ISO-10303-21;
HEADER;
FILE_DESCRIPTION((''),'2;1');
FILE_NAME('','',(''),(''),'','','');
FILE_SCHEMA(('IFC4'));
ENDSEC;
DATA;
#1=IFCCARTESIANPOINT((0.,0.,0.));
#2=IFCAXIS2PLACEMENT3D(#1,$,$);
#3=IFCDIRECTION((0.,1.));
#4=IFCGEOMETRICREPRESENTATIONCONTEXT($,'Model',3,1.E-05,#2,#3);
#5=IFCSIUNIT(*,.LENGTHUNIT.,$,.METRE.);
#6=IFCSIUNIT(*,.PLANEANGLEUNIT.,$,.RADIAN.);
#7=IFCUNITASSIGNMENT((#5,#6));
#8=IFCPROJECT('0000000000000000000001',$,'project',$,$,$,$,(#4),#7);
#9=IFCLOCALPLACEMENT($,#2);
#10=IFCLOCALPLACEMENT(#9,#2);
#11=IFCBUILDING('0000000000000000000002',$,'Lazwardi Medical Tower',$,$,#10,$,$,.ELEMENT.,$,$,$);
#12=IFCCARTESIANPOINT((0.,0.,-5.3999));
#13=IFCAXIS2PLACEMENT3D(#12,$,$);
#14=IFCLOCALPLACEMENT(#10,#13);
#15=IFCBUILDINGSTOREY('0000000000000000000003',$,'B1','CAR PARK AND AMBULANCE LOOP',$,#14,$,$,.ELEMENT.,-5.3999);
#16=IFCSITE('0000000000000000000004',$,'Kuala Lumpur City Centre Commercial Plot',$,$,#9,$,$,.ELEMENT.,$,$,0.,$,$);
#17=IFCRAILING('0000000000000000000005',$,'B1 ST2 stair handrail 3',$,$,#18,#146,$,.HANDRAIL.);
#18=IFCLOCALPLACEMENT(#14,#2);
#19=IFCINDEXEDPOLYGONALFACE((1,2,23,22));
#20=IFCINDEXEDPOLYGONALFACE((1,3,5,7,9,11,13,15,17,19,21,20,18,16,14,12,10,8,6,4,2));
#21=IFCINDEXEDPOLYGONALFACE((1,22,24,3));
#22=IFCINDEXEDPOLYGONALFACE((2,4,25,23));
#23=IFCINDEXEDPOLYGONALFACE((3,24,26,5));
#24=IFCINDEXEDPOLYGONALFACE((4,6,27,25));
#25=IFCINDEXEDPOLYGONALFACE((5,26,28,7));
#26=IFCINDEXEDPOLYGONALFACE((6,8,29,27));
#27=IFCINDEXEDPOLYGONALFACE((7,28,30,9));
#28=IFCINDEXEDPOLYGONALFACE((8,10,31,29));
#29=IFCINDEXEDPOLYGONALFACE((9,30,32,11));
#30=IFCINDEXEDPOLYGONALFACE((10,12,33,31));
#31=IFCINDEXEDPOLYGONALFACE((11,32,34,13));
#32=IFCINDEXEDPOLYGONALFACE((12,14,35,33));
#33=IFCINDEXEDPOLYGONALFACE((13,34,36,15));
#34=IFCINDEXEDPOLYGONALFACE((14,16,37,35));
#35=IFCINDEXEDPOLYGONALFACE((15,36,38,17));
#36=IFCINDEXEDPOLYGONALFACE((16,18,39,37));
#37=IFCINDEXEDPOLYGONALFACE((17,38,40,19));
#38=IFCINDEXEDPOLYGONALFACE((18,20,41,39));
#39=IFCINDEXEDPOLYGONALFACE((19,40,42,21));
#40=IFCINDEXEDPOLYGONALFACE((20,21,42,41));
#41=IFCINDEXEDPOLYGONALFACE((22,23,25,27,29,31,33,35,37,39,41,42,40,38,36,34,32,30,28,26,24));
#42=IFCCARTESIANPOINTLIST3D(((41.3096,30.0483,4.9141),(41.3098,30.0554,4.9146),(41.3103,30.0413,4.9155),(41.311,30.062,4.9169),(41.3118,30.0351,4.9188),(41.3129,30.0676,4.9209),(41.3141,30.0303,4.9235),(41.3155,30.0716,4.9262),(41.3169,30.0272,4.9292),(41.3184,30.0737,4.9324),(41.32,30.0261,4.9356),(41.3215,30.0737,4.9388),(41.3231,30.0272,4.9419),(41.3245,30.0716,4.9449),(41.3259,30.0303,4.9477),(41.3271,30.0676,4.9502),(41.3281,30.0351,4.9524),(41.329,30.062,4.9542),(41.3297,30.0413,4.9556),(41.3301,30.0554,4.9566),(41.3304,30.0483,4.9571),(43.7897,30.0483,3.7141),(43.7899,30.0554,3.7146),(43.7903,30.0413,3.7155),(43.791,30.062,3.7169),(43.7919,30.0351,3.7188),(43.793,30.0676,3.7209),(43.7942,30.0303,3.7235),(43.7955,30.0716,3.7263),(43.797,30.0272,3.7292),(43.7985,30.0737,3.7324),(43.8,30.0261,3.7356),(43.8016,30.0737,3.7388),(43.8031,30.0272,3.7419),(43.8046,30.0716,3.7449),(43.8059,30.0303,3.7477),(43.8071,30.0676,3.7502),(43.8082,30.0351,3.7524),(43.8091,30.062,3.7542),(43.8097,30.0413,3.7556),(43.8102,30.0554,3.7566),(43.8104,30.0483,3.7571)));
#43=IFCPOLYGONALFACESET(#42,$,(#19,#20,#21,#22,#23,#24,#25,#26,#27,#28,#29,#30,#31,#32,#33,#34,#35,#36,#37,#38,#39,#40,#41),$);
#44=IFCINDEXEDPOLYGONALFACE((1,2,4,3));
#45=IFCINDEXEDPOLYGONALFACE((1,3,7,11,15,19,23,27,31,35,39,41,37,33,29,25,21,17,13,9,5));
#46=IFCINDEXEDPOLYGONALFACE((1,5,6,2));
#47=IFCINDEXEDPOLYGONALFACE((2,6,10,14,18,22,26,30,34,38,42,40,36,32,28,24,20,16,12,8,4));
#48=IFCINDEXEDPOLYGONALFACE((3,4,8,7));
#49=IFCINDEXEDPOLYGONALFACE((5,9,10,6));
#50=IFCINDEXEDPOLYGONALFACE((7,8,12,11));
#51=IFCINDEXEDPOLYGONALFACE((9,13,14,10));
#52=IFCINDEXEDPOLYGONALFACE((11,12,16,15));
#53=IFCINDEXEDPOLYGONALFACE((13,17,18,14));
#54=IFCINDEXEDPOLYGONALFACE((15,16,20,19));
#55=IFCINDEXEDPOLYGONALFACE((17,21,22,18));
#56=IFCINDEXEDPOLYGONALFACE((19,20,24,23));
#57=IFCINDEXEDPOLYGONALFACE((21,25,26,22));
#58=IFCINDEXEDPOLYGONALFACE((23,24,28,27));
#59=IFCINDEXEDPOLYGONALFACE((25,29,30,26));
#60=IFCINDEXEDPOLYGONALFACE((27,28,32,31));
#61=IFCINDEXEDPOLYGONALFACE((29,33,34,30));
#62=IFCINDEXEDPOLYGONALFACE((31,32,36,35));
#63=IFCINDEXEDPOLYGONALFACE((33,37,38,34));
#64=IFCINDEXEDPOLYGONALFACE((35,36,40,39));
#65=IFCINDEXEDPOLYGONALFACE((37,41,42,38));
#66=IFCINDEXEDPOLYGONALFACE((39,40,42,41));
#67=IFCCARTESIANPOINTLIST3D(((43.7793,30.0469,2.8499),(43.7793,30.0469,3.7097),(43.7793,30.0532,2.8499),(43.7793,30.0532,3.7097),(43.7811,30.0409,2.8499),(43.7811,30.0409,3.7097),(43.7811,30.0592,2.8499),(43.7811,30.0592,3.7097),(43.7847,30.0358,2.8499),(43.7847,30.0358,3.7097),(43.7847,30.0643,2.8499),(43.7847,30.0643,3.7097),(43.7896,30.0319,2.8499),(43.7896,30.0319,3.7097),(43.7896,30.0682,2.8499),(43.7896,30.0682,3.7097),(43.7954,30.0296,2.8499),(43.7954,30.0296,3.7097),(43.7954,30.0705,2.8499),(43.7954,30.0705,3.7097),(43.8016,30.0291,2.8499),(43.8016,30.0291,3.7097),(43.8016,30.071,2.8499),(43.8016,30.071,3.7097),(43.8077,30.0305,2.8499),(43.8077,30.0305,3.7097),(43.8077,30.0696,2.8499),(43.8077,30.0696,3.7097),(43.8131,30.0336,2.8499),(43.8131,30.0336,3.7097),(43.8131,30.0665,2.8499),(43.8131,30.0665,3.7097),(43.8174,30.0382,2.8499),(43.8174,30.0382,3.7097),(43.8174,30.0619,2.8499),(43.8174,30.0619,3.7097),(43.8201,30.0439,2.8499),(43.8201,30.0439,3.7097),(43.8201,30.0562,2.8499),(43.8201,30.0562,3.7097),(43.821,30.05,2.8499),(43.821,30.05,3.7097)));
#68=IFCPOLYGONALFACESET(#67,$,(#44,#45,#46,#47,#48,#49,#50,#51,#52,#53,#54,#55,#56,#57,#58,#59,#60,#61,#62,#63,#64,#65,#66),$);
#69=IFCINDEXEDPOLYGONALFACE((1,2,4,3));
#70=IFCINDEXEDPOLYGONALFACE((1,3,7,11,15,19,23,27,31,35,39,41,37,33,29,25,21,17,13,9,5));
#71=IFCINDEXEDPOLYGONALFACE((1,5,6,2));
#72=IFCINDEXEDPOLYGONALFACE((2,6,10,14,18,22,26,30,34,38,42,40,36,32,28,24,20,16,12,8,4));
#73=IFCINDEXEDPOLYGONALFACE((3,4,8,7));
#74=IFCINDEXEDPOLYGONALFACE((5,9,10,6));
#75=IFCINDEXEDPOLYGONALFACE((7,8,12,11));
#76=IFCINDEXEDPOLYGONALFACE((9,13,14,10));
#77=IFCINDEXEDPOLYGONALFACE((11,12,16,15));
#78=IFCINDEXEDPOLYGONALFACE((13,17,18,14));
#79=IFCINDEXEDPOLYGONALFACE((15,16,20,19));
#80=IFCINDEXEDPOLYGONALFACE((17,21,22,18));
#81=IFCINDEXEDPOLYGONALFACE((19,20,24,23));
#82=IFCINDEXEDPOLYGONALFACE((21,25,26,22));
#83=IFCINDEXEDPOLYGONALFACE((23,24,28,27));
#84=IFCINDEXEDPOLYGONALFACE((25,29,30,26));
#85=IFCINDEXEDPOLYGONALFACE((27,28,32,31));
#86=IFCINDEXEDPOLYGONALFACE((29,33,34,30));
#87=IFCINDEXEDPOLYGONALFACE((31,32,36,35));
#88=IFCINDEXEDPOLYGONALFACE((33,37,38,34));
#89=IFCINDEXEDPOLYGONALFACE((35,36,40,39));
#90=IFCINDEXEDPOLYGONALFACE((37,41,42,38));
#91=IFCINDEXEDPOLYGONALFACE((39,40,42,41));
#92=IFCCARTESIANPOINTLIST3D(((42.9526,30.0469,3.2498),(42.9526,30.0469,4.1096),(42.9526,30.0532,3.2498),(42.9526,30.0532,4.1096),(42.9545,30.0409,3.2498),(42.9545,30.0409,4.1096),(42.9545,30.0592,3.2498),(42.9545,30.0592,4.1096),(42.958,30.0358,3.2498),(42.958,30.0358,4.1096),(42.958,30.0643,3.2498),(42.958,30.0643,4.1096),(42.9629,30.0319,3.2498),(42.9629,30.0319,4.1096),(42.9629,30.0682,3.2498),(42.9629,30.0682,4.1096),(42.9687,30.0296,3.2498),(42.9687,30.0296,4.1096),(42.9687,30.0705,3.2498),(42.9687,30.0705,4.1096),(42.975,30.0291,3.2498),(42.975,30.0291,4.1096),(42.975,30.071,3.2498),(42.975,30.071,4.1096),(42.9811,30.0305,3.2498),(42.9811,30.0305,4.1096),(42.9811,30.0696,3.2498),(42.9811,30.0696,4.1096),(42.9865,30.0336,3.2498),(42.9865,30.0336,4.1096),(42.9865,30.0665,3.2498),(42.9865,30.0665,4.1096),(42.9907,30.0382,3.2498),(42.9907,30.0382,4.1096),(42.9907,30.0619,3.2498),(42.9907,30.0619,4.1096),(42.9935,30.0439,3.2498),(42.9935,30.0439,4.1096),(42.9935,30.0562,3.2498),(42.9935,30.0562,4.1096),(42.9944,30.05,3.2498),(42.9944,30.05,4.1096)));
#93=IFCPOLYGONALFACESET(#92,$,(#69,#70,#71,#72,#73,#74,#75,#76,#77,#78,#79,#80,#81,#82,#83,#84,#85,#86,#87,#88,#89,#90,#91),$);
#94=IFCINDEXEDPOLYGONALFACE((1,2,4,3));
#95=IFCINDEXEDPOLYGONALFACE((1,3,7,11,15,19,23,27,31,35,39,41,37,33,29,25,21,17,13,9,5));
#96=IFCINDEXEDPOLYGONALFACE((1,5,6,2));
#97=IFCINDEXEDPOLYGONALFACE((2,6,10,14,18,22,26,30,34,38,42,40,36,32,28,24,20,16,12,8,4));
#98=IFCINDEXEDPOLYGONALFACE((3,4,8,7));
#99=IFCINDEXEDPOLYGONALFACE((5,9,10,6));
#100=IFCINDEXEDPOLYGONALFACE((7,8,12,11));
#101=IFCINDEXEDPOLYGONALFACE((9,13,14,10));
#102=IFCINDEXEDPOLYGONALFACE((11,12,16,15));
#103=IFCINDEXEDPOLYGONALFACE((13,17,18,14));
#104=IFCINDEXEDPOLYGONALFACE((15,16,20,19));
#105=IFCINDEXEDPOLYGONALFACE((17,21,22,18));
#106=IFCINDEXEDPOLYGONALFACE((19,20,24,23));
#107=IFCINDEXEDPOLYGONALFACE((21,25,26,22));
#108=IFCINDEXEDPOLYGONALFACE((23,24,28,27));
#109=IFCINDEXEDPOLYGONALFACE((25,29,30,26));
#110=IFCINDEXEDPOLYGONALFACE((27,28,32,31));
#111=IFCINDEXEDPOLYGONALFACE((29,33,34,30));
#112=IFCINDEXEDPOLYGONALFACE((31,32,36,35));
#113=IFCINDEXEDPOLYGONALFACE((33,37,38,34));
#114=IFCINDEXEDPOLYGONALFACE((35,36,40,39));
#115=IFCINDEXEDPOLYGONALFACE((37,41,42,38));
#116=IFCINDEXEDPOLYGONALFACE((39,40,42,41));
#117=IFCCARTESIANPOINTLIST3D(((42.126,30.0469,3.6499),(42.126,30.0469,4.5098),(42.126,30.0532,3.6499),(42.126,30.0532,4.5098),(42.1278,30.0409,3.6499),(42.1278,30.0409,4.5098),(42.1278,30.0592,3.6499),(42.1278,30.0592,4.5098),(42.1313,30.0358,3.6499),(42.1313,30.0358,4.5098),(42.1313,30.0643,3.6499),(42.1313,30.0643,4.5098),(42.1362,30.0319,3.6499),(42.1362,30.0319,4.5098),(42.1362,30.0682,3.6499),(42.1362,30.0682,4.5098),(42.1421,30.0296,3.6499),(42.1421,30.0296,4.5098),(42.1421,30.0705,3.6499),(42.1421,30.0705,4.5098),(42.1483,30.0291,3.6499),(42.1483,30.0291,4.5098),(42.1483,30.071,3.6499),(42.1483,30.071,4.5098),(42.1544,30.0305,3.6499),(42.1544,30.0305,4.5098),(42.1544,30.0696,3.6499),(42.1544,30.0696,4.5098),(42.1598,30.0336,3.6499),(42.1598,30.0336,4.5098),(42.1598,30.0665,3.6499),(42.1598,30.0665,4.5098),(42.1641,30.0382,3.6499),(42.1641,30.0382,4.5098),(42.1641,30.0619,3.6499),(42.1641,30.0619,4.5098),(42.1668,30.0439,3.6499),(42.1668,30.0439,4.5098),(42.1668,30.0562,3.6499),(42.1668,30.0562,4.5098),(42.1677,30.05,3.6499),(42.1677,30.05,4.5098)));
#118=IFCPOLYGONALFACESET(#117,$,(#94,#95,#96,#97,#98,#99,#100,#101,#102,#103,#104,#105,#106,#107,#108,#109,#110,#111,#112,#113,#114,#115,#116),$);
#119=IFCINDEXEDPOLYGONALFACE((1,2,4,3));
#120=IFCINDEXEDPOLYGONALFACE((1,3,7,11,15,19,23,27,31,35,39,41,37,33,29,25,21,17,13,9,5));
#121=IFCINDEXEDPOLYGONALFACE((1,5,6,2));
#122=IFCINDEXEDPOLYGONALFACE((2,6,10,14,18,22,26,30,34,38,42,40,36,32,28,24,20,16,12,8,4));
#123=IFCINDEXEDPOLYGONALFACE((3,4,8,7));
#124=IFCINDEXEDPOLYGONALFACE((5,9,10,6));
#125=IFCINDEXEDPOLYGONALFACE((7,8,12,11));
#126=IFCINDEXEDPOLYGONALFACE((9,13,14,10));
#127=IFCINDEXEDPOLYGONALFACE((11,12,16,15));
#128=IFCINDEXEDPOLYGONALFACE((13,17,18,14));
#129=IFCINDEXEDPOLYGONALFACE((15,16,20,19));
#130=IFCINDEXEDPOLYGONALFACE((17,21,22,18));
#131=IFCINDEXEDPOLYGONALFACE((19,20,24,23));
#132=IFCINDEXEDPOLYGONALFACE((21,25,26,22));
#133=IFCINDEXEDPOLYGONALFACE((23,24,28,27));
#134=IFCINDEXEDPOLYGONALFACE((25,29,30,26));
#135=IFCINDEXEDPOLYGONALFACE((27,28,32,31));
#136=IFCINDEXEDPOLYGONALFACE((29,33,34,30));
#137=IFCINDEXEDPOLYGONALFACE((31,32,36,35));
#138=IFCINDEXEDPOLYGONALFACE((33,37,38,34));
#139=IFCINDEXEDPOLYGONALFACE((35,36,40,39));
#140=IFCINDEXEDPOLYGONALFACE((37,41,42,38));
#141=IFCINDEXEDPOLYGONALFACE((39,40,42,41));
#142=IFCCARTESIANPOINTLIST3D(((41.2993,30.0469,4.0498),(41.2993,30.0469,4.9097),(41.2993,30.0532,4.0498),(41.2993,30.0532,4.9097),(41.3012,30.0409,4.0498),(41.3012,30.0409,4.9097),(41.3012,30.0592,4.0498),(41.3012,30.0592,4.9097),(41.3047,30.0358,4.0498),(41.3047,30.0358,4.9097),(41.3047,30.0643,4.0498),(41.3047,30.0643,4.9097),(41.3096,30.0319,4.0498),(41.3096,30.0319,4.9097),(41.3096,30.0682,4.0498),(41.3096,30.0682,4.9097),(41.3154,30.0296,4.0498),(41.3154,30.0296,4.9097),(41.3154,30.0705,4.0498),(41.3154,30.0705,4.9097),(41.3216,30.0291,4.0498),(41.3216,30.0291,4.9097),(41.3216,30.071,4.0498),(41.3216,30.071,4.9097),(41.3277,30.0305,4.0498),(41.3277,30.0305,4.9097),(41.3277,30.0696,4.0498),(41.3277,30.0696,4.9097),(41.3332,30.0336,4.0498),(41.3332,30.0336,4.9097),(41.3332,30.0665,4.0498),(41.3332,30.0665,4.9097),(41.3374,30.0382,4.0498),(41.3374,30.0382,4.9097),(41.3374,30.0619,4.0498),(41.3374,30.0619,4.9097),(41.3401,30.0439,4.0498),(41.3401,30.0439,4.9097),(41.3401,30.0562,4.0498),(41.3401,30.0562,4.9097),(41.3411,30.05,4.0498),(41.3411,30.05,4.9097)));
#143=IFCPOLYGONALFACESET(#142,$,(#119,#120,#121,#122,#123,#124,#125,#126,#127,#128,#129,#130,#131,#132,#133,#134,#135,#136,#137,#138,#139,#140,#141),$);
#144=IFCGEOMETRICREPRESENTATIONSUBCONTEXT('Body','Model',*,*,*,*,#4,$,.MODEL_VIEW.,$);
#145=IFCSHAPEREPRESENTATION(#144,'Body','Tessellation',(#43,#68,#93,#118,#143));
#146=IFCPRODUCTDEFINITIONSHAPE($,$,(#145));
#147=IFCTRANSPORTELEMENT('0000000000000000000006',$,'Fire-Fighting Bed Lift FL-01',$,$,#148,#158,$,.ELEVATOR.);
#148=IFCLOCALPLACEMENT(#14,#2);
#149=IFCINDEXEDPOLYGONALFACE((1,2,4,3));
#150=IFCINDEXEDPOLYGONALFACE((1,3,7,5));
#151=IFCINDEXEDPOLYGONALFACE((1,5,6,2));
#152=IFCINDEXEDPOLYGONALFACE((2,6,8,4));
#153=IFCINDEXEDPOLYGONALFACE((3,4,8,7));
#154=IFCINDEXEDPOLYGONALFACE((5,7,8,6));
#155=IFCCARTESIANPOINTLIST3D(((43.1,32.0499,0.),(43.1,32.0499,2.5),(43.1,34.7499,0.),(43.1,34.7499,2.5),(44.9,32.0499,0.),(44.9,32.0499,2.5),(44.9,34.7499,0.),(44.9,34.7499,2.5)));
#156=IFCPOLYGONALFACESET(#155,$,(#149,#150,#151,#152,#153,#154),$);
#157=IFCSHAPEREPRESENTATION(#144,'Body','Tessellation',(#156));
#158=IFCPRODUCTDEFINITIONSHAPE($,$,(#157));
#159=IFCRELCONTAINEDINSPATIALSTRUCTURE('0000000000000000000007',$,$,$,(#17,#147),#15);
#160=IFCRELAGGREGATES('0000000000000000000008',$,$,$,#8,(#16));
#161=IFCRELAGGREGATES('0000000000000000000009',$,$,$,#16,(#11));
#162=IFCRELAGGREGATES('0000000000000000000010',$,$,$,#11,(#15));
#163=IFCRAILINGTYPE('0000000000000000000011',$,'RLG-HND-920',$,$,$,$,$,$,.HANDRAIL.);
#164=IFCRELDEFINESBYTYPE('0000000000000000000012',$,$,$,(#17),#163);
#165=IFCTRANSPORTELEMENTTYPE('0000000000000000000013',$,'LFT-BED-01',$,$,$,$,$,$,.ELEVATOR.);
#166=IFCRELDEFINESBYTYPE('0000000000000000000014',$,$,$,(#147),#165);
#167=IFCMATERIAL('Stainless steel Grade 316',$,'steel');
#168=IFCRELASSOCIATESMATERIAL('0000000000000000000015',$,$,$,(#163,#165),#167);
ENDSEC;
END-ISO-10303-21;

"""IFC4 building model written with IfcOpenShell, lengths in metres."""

from ifc_helpers import new_model, si_unit, direction, frame, origin, origin_2d, place, context, subcontext, project, spatial, rectangle, circle, extrude, material, type_object, element, save


model = new_model("IFC4")

# Units and contexts
model_context = context("Model", 3, precision=1e-05, world=origin(), true_north=direction((0.0, 1.0)))
body_context = subcontext(model_context, "Body", "Model", "MODEL_VIEW")
ifc_project = project(units=[si_unit("LENGTHUNIT", "METRE"), si_unit("PLANEANGLEUNIT", "RADIAN")], contexts=[model_context])

# Site, building, storey
site_placement = place(None, origin())
site = spatial("IfcSite", under=ifc_project, at=site_placement, Name="Kuala Lumpur City Centre Commercial Plot", CompositionType="ELEMENT", RefElevation=0.0)
building_placement = place(site_placement, origin())
building = spatial("IfcBuilding", under=site, at=building_placement, Name="Lazwardi Medical Tower", CompositionType="ELEMENT")
storey_placement = place(building_placement, frame((0.0, 0.0, -5.3999)))
storey = spatial("IfcBuildingStorey", under=building, at=storey_placement, Name="B1", Description="CAR PARK AND AMBULANCE LOOP", CompositionType="ELEMENT", Elevation=-5.3999)

# Railing
ifc_material_1 = material(Name="Stainless steel Grade 316", Category="steel")
railing_type_1 = type_object("IfcRailingType", Name="RLG-HND-920", PredefinedType="HANDRAIL", material=ifc_material_1)
for number, where, name in (
    (1, (43.8, 30.05, 2.8499), "B1 ST2 stair handrail 3"),
):
    element("IfcRailing", number, at=place(storey_placement, frame(where)), inside=storey, type_object=railing_type_1, Name=name, PredefinedType="HANDRAIL", context=body_context, shape_type="SweptSolid", body=[
        extrude(circle(Radius=0.0239, at=origin_2d()), frame((0.0, 0.0, 0.8857), z_axis=(-0.900165, 0.0, 0.435549), x_axis=(0.0, -1.0, 0.0)), (0.0, 0.0, 1.0), 2.7551),
        extrude(circle(Radius=0.021, at=origin_2d()), origin(), (0.0, 0.0, 1.0), 0.8599),
        extrude(circle(Radius=0.021, at=origin_2d()), frame((-0.8267, 0.0, 0.3999)), (0.0, 0.0, 1.0), 0.8599),
        extrude(circle(Radius=0.021, at=origin_2d()), frame((-1.6533, 0.0, 0.8)), (0.0, 0.0, 1.0), 0.8599),
        extrude(circle(Radius=0.021, at=origin_2d()), frame((-2.48, 0.0, 1.2)), (0.0, 0.0, 1.0), 0.8599),
    ])

# Transport element
transport_element_type = type_object("IfcTransportElementType", Name="LFT-BED-01", PredefinedType="ELEVATOR", material=ifc_material_1)
transport_element_placement = place(storey_placement, frame((44.0, 33.3999, 0.0), z_axis=(0.0, 0.0, 1.0), x_axis=(1.0, 0.0, 0.0)))
element("IfcTransportElement", 2, at=transport_element_placement, inside=storey, type_object=transport_element_type, Name="Fire-Fighting Bed Lift FL-01", PredefinedType="ELEVATOR", context=body_context, shape_type="SweptSolid", body=[
    extrude(rectangle(XDim=1.8, YDim=2.7, at=origin_2d()), origin(), (0.0, 0.0, 1.0), 2.5),
])

save(model, "model.ifc")
